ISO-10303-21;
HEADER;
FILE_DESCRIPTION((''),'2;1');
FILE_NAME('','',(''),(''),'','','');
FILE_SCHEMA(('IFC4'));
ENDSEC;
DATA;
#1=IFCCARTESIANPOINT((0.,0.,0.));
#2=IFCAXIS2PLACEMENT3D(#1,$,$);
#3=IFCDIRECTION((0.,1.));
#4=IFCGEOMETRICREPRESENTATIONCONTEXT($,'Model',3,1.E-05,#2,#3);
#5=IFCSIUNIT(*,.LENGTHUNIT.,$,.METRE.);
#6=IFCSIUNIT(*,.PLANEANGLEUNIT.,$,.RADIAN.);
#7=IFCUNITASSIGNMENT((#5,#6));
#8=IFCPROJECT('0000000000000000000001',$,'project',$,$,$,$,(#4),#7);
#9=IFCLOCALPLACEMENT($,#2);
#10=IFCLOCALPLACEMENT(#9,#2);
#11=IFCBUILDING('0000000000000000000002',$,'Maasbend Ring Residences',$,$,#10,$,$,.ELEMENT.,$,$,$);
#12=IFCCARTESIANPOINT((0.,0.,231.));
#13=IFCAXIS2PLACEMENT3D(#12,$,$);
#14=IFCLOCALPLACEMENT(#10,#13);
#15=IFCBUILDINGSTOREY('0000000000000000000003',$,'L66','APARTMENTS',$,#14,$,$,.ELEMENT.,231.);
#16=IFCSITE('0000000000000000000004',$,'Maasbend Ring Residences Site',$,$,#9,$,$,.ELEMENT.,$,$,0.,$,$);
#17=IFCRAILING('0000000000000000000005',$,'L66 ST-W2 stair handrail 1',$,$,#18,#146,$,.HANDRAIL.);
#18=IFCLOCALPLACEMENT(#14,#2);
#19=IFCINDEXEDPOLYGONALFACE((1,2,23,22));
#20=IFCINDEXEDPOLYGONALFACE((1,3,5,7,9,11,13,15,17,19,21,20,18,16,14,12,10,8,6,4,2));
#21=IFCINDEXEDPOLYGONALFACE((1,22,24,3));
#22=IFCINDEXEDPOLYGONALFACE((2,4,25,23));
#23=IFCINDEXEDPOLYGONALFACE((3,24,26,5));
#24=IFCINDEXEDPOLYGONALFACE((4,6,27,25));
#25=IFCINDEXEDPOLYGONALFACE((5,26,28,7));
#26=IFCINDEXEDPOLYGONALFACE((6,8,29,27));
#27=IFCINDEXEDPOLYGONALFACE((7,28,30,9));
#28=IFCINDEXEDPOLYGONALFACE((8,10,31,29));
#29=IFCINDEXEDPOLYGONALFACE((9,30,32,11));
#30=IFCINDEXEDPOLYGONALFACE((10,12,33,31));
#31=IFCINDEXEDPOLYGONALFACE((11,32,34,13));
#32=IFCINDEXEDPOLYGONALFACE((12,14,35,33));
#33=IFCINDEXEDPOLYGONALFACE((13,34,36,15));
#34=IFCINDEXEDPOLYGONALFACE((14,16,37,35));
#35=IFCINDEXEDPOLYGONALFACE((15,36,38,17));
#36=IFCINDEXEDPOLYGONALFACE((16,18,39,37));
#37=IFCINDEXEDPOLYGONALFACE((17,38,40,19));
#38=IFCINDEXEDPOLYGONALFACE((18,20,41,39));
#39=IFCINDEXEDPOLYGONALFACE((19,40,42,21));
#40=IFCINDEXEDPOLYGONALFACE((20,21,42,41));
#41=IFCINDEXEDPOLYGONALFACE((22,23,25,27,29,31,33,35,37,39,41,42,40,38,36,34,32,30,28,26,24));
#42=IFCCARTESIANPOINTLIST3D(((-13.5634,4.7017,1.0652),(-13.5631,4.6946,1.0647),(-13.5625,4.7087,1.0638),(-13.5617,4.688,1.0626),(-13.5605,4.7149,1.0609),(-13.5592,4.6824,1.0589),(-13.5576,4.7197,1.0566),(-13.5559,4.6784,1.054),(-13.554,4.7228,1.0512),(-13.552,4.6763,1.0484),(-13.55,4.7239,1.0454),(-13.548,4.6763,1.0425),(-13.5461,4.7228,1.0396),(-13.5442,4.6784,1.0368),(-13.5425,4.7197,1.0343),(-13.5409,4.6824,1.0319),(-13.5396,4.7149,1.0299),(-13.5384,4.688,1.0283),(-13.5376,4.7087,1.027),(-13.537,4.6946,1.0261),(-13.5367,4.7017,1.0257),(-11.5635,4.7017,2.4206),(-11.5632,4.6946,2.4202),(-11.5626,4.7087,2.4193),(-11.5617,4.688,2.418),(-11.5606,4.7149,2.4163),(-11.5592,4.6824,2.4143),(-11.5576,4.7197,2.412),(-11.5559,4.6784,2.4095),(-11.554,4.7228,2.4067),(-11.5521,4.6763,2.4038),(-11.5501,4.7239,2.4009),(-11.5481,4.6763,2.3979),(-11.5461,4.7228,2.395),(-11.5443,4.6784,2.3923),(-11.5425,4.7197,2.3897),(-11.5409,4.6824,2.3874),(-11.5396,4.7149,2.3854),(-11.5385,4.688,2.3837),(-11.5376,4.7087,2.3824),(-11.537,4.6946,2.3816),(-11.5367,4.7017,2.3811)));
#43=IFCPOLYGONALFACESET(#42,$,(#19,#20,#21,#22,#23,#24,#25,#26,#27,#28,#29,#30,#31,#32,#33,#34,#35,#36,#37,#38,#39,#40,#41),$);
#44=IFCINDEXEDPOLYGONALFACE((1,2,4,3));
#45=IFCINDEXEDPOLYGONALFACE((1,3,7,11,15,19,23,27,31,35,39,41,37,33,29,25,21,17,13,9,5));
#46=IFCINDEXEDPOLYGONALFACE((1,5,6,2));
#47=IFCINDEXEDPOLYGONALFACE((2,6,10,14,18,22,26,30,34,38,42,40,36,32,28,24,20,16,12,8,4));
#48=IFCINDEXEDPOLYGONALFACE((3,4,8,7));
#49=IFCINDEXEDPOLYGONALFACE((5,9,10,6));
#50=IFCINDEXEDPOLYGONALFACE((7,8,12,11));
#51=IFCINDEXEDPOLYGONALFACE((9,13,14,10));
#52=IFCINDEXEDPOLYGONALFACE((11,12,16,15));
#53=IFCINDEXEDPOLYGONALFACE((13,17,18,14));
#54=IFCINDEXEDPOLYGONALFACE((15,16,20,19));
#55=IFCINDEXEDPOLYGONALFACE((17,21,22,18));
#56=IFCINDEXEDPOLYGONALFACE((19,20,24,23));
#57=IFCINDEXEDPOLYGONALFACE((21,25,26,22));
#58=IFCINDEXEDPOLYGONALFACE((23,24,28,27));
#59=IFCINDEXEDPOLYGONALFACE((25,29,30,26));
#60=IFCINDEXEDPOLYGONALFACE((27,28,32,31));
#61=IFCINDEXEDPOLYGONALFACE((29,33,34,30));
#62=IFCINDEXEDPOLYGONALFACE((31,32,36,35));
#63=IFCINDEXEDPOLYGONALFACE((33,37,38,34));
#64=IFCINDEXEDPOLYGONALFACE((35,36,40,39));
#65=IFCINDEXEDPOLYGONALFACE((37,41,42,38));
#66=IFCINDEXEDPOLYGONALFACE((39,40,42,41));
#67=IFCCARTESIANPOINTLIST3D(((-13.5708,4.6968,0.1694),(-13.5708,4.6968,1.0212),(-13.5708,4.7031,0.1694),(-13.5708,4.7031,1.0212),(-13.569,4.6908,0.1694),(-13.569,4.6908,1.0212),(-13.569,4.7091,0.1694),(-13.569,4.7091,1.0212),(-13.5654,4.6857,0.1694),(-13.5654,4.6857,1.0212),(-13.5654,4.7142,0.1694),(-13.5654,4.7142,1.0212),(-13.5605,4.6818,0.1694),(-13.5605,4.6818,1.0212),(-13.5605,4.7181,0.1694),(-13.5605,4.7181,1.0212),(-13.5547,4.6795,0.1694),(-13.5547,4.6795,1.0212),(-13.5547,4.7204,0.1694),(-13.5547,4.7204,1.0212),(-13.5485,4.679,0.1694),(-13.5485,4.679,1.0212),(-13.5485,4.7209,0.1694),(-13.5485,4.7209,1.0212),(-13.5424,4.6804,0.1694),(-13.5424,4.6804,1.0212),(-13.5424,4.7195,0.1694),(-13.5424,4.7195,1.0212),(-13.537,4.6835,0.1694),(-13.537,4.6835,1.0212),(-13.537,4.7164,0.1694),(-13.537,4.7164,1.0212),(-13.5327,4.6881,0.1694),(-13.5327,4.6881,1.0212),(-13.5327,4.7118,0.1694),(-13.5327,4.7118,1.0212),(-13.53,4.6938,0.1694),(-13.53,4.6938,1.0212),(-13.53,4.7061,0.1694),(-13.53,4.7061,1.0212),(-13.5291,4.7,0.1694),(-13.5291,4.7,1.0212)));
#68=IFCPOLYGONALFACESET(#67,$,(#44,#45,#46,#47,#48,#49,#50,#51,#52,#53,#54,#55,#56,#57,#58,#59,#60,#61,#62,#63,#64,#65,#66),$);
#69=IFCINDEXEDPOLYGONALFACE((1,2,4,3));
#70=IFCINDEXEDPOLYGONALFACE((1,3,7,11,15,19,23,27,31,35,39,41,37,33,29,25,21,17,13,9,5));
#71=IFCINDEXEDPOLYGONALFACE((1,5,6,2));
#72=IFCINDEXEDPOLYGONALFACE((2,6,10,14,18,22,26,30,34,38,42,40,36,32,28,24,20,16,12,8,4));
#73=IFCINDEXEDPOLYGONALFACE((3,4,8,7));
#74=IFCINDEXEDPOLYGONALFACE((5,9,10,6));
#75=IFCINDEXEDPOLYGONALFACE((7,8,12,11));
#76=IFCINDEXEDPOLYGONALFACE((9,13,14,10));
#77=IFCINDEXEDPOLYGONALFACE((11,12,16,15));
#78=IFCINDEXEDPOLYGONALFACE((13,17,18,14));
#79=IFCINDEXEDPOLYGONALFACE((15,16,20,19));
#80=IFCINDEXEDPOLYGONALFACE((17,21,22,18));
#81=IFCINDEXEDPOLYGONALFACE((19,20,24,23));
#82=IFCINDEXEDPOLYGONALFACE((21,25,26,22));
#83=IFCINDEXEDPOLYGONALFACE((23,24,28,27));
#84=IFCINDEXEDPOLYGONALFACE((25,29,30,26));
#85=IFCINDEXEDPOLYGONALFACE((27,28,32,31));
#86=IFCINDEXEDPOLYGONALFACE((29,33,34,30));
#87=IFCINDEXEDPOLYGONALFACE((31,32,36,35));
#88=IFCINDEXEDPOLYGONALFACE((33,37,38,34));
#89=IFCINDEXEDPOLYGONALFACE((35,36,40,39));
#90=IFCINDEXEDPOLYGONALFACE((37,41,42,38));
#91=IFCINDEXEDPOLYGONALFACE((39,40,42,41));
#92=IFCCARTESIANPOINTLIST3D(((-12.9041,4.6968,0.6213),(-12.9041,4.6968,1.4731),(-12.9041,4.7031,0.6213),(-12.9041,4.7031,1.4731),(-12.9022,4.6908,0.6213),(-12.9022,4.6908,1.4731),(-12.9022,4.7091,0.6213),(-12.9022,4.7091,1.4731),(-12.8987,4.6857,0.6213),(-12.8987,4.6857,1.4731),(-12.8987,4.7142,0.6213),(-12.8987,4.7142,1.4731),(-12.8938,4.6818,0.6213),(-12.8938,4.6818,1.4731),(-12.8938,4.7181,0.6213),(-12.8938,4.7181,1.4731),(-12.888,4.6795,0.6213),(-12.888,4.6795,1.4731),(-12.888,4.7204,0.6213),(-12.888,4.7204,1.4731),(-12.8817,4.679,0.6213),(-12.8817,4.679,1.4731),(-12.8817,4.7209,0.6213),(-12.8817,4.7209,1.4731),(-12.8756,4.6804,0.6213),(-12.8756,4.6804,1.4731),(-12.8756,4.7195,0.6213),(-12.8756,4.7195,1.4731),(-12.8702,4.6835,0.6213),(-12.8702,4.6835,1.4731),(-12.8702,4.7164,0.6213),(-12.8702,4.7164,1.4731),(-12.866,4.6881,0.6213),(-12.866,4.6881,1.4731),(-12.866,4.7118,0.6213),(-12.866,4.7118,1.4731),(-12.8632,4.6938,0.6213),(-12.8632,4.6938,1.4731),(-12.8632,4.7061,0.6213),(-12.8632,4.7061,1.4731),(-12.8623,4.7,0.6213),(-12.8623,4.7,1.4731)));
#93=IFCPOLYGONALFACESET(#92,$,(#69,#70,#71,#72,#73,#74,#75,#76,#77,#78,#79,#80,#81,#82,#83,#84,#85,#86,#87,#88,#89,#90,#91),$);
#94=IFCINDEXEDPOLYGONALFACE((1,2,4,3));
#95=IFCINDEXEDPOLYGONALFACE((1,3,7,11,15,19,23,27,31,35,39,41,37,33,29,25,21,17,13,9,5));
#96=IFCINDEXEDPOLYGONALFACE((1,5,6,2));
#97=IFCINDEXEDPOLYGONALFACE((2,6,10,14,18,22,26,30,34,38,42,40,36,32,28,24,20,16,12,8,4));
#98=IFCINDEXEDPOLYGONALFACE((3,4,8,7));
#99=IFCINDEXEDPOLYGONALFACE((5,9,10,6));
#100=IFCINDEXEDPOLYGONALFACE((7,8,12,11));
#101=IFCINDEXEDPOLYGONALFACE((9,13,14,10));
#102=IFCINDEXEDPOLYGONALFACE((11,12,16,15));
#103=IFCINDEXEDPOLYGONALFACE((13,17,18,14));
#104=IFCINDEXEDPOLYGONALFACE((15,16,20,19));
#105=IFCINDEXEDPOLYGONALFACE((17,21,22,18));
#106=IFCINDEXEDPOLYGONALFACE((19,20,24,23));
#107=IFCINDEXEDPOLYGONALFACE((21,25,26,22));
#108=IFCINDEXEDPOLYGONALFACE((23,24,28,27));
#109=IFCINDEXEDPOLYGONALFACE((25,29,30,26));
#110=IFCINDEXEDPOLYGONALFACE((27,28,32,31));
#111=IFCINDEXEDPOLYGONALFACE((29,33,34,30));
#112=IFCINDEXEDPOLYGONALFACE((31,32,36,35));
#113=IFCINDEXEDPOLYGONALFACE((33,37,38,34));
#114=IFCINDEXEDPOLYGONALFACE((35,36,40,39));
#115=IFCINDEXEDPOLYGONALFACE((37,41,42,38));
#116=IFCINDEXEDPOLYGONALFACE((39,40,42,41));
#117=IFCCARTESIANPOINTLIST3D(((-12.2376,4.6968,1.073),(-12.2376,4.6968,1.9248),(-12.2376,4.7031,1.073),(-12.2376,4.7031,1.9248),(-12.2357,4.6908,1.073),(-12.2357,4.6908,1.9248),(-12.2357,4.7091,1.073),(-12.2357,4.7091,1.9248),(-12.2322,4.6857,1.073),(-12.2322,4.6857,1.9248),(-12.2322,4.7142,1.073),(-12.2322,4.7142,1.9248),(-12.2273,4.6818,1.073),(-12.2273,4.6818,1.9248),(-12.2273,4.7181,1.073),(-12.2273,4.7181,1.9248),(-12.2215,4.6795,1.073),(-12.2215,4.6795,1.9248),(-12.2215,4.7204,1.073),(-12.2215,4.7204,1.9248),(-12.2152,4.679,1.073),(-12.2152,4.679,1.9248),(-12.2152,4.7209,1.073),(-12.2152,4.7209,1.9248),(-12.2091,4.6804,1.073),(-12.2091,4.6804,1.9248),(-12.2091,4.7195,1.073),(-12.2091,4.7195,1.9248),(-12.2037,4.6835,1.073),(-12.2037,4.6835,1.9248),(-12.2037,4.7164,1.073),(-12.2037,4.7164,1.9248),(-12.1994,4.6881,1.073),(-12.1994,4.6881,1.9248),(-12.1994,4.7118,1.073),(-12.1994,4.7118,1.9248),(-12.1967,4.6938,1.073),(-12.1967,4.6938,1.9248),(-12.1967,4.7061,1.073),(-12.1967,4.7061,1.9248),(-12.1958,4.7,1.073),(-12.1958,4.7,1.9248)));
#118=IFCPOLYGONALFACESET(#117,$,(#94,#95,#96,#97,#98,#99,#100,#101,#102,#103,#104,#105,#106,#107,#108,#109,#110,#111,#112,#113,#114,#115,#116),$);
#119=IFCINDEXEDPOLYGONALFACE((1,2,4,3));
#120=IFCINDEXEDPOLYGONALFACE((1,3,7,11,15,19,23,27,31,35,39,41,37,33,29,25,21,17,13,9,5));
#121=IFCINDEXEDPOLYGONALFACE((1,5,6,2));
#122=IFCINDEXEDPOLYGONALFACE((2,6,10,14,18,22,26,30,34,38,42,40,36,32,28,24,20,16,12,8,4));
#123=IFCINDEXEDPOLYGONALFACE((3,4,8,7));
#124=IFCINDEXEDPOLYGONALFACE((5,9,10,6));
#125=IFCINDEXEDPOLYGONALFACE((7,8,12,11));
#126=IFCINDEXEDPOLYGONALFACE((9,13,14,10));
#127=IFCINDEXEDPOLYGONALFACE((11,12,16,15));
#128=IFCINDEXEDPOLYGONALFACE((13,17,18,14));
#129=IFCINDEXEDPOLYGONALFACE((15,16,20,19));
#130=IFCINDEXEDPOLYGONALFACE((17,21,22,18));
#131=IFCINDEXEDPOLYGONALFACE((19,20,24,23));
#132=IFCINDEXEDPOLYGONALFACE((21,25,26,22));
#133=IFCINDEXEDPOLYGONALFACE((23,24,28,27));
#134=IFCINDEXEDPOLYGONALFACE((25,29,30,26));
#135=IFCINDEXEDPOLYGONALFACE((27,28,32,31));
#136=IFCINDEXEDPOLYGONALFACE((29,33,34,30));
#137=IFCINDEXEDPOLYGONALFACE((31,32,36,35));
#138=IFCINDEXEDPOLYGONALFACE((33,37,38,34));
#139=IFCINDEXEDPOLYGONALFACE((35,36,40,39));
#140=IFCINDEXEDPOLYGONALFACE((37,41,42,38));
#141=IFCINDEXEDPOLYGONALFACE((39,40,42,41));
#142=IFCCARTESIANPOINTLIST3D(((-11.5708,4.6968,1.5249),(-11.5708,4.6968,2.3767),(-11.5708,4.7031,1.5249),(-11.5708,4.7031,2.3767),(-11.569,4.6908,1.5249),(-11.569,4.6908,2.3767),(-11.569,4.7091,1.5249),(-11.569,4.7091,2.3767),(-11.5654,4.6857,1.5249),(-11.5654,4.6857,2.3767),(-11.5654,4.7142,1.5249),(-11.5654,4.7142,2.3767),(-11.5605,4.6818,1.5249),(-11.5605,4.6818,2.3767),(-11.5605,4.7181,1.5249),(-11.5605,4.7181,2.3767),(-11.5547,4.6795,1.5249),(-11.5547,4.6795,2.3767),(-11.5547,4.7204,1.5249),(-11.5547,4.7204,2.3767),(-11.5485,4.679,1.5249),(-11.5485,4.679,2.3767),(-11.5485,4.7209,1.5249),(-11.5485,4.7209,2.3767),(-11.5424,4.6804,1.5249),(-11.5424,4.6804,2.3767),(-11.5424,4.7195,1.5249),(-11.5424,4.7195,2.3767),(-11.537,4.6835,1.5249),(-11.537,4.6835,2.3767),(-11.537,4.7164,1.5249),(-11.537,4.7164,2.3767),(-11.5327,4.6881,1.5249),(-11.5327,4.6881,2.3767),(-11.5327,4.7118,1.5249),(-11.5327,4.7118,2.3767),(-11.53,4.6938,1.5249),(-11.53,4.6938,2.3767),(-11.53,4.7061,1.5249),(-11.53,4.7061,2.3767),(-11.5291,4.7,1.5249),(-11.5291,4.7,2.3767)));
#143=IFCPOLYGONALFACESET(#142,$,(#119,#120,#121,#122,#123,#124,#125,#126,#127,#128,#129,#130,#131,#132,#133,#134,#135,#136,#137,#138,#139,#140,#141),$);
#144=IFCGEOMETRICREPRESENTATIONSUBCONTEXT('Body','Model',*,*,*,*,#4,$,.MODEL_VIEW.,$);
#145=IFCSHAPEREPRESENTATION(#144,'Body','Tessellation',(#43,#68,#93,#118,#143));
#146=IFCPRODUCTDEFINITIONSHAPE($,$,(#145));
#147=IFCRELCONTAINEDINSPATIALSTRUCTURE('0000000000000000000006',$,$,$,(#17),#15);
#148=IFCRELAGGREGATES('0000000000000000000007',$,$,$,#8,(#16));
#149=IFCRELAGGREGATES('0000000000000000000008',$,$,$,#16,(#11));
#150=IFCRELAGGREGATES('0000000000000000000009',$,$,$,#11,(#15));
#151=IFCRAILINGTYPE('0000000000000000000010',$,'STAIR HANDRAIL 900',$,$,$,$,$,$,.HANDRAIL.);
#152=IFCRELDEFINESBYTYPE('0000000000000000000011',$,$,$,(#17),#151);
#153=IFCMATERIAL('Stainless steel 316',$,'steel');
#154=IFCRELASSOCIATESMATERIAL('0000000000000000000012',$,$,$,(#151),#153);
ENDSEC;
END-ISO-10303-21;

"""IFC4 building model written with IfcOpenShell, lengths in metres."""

from ifc_helpers import new_model, si_unit, direction, frame, origin, origin_2d, place, context, subcontext, project, spatial, circle, extrude, material, type_object, element, save


model = new_model("IFC4")

# Units and contexts
model_context = context("Model", 3, precision=1e-05, world=origin(), true_north=direction((0.0, 1.0)))
body_context = subcontext(model_context, "Body", "Model", "MODEL_VIEW")
ifc_project = project(units=[si_unit("LENGTHUNIT", "METRE"), si_unit("PLANEANGLEUNIT", "RADIAN")], contexts=[model_context])

# Site, building, storey
site_placement = place(None, origin())
site = spatial("IfcSite", under=ifc_project, at=site_placement, Name="Maasbend Ring Residences Site", CompositionType="ELEMENT", RefElevation=0.0)
building_placement = place(site_placement, origin())
building = spatial("IfcBuilding", under=site, at=building_placement, Name="Maasbend Ring Residences", CompositionType="ELEMENT")
storey_placement = place(building_placement, frame((0.0, 0.0, 231.0)))
storey = spatial("IfcBuildingStorey", under=building, at=storey_placement, Name="L66", Description="APARTMENTS", CompositionType="ELEMENT", Elevation=231.0)

# Railing
ifc_material_1 = material(Name="Stainless steel 316", Category="steel")
railing_type_1 = type_object("IfcRailingType", Name="STAIR HANDRAIL 900", PredefinedType="HANDRAIL", material=ifc_material_1)
railing_1_placement = place(storey_placement, frame((-13.55, 4.7, 0.1694)))
element("IfcRailing", 1, at=railing_1_placement, inside=storey, type_object=railing_type_1, Name="L66 ST-W2 stair handrail 1", PredefinedType="HANDRAIL", context=body_context, shape_type="SweptSolid", body=[
    extrude(circle(Radius=0.0239, at=origin_2d()), frame((0.0, 0.0, 0.876), z_axis=(0.827798, 0.0, 0.561027), x_axis=(0.0, 1.0, 0.0)), (0.0, 0.0, 1.0), 2.416),
    extrude(circle(Radius=0.021, at=origin_2d()), origin(), (0.0, 0.0, 1.0), 0.8518),
    extrude(circle(Radius=0.021, at=origin_2d()), frame((0.6667, 0.0, 0.4519)), (0.0, 0.0, 1.0), 0.8518),
    extrude(circle(Radius=0.021, at=origin_2d()), frame((1.3333, 0.0, 0.9036)), (0.0, 0.0, 1.0), 0.8518),
    extrude(circle(Radius=0.021, at=origin_2d()), frame((2.0, 0.0, 1.3555)), (0.0, 0.0, 1.0), 0.8518),
])

save(model, "model.ifc")
